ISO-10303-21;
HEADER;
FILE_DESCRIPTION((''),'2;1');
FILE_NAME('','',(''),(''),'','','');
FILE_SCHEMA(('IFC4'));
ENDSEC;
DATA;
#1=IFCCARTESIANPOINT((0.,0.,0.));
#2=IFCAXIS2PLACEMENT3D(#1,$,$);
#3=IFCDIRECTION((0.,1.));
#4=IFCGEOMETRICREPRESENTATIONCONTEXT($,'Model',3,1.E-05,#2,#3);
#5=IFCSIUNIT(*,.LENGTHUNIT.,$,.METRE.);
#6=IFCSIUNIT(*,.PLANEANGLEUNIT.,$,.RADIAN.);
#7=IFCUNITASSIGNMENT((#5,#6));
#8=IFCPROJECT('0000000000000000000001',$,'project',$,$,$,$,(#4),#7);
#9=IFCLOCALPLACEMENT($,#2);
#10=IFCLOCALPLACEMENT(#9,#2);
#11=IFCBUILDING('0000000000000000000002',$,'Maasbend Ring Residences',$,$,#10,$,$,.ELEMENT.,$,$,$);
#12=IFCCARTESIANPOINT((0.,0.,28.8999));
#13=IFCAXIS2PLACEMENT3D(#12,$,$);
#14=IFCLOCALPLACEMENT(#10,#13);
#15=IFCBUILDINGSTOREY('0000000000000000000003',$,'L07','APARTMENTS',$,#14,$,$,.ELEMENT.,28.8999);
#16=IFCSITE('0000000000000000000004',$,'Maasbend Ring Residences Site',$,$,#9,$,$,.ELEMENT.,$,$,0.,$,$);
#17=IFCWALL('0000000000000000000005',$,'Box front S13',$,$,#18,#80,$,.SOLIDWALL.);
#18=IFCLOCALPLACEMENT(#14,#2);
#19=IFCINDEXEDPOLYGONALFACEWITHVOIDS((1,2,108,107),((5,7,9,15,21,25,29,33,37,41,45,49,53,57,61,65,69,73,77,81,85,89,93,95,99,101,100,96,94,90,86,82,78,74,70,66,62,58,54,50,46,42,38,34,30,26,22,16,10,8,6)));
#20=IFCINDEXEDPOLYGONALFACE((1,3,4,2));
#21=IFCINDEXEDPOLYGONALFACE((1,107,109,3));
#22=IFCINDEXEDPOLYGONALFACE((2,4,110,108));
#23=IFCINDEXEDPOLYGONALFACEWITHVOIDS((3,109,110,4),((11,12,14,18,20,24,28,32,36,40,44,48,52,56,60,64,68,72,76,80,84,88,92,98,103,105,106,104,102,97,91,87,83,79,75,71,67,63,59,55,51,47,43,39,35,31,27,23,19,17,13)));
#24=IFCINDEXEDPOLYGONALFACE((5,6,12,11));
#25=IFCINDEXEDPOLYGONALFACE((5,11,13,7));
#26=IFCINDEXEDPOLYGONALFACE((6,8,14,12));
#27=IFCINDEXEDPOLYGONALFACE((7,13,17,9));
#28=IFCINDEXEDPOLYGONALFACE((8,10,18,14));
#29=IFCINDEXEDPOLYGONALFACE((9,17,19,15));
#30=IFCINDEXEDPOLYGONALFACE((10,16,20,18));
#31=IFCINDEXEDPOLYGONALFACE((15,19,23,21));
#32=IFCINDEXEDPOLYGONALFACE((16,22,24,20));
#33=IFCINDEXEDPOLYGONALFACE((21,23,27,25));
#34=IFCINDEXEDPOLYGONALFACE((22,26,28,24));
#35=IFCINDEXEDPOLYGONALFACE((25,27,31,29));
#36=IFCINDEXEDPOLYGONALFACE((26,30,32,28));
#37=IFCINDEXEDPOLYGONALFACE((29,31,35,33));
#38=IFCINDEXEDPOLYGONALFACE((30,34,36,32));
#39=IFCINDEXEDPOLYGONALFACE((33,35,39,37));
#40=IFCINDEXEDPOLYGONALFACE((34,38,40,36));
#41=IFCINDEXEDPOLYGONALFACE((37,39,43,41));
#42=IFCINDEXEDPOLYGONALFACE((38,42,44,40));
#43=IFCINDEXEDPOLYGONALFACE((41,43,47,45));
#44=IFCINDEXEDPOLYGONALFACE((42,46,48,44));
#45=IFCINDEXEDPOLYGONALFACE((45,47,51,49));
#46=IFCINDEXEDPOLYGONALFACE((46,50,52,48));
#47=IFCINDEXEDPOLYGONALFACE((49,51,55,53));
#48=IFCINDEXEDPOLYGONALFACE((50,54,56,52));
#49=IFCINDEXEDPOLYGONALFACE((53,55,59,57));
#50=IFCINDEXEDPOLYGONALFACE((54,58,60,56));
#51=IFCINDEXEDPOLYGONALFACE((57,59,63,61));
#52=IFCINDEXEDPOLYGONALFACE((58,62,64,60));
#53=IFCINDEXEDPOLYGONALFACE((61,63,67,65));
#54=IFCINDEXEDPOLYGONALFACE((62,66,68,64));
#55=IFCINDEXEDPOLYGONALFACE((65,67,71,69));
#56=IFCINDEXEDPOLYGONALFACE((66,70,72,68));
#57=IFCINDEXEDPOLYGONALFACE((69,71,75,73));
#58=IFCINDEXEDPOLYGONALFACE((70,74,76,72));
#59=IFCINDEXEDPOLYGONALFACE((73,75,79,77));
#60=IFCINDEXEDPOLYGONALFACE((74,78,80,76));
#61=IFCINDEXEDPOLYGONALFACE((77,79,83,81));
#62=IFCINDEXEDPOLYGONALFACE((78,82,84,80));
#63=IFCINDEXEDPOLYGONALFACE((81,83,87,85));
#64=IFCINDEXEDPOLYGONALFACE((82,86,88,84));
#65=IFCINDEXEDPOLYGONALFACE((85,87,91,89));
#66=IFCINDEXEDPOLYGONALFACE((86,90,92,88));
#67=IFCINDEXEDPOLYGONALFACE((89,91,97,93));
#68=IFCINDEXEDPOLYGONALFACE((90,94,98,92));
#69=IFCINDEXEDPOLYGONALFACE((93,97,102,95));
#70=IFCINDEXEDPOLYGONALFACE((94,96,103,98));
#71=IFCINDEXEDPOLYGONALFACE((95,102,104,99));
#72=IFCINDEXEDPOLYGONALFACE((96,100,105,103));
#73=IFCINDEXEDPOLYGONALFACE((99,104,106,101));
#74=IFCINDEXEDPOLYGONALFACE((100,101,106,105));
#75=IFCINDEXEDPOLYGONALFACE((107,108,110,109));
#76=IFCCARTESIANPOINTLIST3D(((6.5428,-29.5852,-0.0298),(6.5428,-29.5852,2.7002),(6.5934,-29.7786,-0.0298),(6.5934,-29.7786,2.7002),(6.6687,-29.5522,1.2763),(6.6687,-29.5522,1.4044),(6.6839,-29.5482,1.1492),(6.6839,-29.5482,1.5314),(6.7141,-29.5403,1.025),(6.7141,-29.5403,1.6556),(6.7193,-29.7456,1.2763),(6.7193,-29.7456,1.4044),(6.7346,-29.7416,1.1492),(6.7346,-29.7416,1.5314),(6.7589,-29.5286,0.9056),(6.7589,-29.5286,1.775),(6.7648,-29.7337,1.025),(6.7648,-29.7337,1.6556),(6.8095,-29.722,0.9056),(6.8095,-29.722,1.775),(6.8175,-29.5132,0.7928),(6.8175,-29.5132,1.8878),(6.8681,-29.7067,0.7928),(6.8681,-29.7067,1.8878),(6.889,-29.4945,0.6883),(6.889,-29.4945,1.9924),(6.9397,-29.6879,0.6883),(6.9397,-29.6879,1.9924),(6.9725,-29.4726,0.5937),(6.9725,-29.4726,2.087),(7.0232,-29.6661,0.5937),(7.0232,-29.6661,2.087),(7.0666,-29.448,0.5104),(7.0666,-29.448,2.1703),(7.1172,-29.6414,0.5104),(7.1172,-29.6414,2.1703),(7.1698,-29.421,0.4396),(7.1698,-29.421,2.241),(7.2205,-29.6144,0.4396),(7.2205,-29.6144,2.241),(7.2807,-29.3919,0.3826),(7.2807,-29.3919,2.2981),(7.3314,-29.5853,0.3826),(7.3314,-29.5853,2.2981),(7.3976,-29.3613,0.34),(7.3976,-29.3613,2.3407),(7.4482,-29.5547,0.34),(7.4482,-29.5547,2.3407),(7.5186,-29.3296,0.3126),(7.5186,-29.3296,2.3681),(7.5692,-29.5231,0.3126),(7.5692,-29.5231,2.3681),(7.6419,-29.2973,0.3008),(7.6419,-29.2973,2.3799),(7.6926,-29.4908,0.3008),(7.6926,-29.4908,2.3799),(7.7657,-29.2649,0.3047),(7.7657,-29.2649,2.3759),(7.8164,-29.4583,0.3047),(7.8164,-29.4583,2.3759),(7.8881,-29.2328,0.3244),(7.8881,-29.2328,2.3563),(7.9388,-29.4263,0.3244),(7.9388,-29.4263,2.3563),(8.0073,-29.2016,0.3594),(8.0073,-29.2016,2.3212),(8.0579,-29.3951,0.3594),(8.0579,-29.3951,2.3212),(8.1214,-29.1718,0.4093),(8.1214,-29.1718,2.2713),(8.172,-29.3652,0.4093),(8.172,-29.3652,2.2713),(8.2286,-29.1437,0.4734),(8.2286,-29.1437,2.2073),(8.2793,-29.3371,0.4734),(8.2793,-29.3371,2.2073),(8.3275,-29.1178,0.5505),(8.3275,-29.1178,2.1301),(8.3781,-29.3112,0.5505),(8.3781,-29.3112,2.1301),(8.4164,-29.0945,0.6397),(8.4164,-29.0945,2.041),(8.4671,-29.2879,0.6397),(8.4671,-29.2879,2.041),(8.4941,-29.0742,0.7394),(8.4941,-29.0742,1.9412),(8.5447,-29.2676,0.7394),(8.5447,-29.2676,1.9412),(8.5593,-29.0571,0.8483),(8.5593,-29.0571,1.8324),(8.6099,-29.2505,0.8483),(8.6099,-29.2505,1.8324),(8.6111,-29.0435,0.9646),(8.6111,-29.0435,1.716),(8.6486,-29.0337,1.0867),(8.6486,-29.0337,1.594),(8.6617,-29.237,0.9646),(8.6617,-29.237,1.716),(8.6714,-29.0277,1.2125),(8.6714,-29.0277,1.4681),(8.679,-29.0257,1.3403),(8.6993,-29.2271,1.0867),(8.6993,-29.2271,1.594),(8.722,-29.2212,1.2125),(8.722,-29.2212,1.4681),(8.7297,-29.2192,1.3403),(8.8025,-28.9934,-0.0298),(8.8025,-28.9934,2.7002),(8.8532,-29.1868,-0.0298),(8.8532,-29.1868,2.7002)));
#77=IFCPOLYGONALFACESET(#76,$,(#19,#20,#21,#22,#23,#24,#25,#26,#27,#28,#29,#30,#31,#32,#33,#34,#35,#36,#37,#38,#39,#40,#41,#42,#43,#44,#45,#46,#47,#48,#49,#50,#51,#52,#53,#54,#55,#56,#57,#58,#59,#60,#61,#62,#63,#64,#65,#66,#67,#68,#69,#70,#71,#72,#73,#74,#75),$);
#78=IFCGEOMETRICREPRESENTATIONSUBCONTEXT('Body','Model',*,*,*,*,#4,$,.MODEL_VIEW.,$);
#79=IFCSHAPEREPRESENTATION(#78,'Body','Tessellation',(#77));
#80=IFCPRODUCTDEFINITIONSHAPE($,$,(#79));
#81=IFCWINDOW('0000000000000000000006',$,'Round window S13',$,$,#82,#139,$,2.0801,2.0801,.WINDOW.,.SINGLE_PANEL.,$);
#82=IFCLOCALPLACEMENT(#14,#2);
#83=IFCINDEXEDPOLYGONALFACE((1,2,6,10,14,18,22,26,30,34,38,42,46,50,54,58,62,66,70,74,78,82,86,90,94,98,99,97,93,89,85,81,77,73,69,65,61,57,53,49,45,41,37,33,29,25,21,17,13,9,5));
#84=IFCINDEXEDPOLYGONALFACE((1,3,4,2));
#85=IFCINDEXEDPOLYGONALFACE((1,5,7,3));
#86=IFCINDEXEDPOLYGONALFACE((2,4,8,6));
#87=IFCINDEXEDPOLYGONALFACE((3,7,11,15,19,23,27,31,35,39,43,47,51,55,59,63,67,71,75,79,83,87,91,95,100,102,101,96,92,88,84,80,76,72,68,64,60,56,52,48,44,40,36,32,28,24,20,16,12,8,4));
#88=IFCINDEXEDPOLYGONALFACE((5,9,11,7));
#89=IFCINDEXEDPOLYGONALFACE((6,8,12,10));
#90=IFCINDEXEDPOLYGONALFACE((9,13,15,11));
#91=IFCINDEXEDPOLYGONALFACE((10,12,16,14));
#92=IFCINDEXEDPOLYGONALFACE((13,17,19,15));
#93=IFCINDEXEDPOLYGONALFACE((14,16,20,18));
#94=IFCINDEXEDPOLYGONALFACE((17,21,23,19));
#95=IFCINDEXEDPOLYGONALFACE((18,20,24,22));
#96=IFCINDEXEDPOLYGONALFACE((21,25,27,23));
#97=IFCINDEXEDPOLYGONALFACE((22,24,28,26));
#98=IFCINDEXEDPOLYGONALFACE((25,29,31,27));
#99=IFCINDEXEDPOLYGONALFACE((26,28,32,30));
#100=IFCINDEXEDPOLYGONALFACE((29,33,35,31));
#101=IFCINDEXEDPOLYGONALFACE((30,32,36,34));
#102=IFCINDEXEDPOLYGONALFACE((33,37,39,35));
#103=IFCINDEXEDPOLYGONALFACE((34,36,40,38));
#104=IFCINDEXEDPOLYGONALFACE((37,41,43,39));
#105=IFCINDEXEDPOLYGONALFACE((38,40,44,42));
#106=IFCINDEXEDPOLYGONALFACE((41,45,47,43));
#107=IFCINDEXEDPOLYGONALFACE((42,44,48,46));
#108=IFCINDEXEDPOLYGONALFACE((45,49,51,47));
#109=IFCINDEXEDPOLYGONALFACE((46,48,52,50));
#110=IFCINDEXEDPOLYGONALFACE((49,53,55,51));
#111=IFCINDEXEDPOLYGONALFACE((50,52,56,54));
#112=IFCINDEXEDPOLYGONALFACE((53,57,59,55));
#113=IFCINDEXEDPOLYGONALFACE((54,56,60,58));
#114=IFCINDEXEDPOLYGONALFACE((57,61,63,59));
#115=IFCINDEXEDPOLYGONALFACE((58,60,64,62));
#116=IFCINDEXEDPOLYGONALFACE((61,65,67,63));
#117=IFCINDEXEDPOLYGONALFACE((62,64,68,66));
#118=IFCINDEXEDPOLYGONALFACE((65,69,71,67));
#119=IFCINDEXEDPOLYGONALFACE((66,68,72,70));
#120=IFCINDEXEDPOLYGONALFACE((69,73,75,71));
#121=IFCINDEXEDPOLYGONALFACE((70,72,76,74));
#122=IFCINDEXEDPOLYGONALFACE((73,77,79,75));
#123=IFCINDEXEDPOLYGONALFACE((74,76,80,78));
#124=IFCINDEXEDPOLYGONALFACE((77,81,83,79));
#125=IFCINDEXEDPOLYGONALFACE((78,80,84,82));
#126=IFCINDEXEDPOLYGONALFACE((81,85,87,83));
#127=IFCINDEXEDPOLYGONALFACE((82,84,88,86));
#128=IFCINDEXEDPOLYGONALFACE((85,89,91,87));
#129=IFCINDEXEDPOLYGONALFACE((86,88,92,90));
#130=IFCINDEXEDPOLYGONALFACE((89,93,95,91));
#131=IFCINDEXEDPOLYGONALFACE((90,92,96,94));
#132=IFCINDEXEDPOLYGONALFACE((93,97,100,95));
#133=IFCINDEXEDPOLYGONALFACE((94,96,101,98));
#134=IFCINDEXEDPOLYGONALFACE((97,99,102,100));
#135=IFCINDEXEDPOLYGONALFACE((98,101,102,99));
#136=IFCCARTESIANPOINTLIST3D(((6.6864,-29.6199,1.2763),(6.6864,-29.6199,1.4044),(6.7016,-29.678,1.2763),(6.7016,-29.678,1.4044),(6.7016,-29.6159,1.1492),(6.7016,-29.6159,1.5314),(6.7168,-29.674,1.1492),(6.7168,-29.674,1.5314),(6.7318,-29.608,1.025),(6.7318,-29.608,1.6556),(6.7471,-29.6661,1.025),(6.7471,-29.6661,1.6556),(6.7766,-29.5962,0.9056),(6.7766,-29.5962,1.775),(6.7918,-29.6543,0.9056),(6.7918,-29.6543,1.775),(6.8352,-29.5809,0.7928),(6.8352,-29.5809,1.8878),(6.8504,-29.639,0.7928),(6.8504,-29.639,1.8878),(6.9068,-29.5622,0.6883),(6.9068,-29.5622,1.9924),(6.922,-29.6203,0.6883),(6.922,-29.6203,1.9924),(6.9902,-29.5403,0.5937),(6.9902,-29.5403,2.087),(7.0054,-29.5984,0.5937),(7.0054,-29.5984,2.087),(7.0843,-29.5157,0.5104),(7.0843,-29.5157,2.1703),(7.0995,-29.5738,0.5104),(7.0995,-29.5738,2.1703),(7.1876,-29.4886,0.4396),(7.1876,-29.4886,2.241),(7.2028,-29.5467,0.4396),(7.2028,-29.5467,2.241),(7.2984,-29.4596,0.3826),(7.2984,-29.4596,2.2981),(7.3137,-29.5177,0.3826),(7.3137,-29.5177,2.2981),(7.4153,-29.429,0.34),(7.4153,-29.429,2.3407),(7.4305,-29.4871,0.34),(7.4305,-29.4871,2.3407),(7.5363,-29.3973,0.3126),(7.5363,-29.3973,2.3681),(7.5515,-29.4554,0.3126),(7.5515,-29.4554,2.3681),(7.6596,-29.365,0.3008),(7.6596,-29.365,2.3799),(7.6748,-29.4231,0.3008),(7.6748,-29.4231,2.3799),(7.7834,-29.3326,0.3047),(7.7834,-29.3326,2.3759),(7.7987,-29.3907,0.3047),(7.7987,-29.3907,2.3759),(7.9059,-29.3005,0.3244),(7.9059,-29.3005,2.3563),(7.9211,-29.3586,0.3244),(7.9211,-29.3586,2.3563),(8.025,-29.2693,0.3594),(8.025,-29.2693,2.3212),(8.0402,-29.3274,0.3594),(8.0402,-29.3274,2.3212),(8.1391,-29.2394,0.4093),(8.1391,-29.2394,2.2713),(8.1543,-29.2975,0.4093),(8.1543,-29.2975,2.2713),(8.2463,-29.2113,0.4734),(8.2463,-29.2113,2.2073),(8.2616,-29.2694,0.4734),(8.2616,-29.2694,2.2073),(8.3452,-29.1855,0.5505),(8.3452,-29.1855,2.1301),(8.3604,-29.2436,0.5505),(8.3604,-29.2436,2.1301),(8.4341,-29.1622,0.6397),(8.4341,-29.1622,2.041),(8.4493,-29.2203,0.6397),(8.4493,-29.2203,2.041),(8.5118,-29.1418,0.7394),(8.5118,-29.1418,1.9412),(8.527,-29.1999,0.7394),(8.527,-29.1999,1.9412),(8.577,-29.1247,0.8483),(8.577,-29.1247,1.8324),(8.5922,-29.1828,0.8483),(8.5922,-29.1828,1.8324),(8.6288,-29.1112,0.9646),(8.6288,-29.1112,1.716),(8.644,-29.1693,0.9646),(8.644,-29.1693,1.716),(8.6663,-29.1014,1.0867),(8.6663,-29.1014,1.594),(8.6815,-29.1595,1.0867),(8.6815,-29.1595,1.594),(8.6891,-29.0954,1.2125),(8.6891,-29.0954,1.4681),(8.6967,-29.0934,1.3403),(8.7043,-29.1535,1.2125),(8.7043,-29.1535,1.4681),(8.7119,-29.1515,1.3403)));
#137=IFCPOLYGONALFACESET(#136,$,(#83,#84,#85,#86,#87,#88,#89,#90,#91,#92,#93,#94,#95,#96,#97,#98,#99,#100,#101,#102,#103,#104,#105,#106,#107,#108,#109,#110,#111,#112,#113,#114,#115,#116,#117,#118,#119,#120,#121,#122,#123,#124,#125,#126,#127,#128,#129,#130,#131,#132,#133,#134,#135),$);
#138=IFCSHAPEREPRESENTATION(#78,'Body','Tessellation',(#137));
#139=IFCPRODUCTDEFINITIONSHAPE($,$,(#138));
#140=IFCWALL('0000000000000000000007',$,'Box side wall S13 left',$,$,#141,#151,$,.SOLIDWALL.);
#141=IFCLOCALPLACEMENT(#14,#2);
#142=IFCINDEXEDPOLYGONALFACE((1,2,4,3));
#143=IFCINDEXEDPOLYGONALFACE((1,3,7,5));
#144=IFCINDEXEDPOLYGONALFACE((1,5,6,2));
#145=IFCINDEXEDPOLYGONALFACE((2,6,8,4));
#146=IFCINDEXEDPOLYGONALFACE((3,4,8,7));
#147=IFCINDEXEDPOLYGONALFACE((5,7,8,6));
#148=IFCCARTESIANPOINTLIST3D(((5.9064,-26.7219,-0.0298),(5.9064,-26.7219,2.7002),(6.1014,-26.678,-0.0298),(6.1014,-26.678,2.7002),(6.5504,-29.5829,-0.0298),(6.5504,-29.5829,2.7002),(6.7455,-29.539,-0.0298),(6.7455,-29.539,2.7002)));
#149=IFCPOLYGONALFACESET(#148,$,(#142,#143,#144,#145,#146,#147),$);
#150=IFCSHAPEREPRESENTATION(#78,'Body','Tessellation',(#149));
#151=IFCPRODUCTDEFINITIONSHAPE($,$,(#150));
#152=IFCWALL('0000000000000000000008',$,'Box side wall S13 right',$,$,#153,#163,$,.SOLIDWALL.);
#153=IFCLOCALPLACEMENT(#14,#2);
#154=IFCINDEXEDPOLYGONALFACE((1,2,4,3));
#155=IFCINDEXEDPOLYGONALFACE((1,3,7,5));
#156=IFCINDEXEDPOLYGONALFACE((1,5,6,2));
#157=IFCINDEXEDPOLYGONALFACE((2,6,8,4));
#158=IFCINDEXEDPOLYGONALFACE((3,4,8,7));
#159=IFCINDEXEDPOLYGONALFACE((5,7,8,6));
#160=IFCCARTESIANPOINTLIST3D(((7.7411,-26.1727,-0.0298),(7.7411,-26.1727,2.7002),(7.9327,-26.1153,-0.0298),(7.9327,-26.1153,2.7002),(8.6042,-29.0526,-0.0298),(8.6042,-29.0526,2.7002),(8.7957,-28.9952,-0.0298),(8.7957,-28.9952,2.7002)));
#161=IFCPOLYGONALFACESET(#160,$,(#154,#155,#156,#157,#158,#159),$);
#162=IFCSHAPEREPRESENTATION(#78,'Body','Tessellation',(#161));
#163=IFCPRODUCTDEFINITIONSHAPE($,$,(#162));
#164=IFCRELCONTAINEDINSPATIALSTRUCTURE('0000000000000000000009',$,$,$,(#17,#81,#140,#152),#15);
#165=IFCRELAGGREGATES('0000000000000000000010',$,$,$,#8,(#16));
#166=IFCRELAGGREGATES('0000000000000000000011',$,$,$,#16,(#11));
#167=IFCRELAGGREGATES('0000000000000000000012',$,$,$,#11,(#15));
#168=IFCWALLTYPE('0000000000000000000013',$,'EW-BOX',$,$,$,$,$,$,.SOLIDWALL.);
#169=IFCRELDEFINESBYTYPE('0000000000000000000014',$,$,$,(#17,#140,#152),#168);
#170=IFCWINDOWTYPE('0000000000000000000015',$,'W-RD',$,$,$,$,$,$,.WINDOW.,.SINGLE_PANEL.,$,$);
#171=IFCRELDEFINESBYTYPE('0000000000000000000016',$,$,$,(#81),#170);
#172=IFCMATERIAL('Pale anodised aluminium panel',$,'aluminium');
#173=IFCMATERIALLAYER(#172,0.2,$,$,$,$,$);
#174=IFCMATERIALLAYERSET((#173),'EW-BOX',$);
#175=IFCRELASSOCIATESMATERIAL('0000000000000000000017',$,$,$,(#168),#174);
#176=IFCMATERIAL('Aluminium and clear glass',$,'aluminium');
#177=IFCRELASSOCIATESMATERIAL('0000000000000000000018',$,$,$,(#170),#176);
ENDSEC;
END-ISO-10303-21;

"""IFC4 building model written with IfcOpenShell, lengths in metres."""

from ifc_helpers import new_model, si_unit, direction, frame, frame_2d, origin, place, context, subcontext, project, spatial, rectangle, circle, extrude, material, layer, layer_set, type_object, element, fill, save


model = new_model("IFC4")

# Units and contexts
model_context = context("Model", 3, precision=1e-05, world=origin(), true_north=direction((0.0, 1.0)))
body_context = subcontext(model_context, "Body", "Model", "MODEL_VIEW")
ifc_project = project(units=[si_unit("LENGTHUNIT", "METRE"), si_unit("PLANEANGLEUNIT", "RADIAN")], contexts=[model_context])

# Site, building, storey
site_placement = place(None, origin())
site = spatial("IfcSite", under=ifc_project, at=site_placement, Name="Maasbend Ring Residences Site", CompositionType="ELEMENT", RefElevation=0.0)
building_placement = place(site_placement, origin())
building = spatial("IfcBuilding", under=site, at=building_placement, Name="Maasbend Ring Residences", CompositionType="ELEMENT")
storey_placement = place(building_placement, frame((0.0, 0.0, 28.8999)))
storey = spatial("IfcBuildingStorey", under=building, at=storey_placement, Name="L07", Description="APARTMENTS", CompositionType="ELEMENT", Elevation=28.8999)

# Shared definitions
ifc_material_1 = material(Name="Pale anodised aluminium panel", Category="aluminium")
ifc_layer_1 = layer(ifc_material_1, 0.2)
ifc_layer_set_1 = layer_set([ifc_layer_1], Name="EW-BOX")
wall_type_1 = type_object("IfcWallType", Name="EW-BOX", PredefinedType="SOLIDWALL", material=ifc_layer_set_1)

# Wall, opening, window
wall_1_placement = place(storey_placement, frame((6.5681, -29.6819, -0.0298), z_axis=(0.0, 0.0, 1.0), x_axis=(0.967377, 0.253341, 0.0)))
wall_1 = element("IfcWall", 1, at=wall_1_placement, inside=storey, type_object=wall_type_1, Name="Box front S13", PredefinedType="SOLIDWALL", context=body_context, shape_type="SweptSolid", body=[
    extrude(rectangle(XDim=2.3359, YDim=0.2, at=frame_2d((1.168, 0.0))), origin(), (0.0, 0.0, 1.0), 2.73),
])
opening_1_placement = place(wall_1_placement, frame((0.1282, 0.0, 0.3301)))
opening_1 = element("IfcOpeningElement", 2, at=opening_1_placement, cuts=wall_1, PredefinedType="OPENING", context=body_context, shape_type="SweptSolid", body=[
    extrude(circle(Radius=1.04, at=frame_2d((1.04, 1.04))), frame((0.0, 0.1099, 0.0), z_axis=(0.0, -1.0, 0.0), x_axis=(1.0, 0.0, 0.0)), (0.0, 0.0, 1.0), 0.22),
])
ifc_material_2 = material(Name="Aluminium and clear glass", Category="aluminium")
window_type_1 = type_object("IfcWindowType", Name="W-RD", PartitioningType="SINGLE_PANEL", PredefinedType="WINDOW", material=ifc_material_2)
window_1_placement = place(opening_1_placement, origin())
window_1 = element("IfcWindow", 3, at=window_1_placement, inside=storey, type_object=window_type_1, Name="Round window S13", OverallHeight=2.0801, OverallWidth=2.0801, PartitioningType="SINGLE_PANEL", PredefinedType="WINDOW", context=body_context, shape_type="SweptSolid", body=[
    extrude(circle(Radius=1.04, at=frame_2d((1.04, 1.04))), frame((0.0, 0.03, 0.0), z_axis=(0.0, -1.0, 0.0), x_axis=(1.0, 0.0, 0.0)), (0.0, 0.0, 1.0), 0.0601),
])
fill(opening_1, window_1)

# Walls
wall_2_placement = place(storey_placement, frame((6.0039, -26.7, -0.0298), z_axis=(0.0, 0.0, 1.0), x_axis=(0.219609, -0.975588, 0.0)))
element("IfcWall", 4, at=wall_2_placement, inside=storey, type_object=wall_type_1, Name="Box side wall S13 left", PredefinedType="SOLIDWALL", context=body_context, shape_type="SweptSolid", body=[
    extrude(rectangle(XDim=2.9326, YDim=0.2, at=frame_2d((1.4663, 0.0))), origin(), (0.0, 0.0, 1.0), 2.73),
])
wall_3_placement = place(storey_placement, frame((7.8369, -26.144, -0.0298), z_axis=(0.0, 0.0, 1.0), x_axis=(0.287065, -0.957911, 0.0)))
element("IfcWall", 5, at=wall_3_placement, inside=storey, type_object=wall_type_1, Name="Box side wall S13 right", PredefinedType="SOLIDWALL", context=body_context, shape_type="SweptSolid", body=[
    extrude(rectangle(XDim=3.0063, YDim=0.2, at=frame_2d((1.5032, 0.0))), origin(), (0.0, 0.0, 1.0), 2.73),
])

save(model, "model.ifc")
